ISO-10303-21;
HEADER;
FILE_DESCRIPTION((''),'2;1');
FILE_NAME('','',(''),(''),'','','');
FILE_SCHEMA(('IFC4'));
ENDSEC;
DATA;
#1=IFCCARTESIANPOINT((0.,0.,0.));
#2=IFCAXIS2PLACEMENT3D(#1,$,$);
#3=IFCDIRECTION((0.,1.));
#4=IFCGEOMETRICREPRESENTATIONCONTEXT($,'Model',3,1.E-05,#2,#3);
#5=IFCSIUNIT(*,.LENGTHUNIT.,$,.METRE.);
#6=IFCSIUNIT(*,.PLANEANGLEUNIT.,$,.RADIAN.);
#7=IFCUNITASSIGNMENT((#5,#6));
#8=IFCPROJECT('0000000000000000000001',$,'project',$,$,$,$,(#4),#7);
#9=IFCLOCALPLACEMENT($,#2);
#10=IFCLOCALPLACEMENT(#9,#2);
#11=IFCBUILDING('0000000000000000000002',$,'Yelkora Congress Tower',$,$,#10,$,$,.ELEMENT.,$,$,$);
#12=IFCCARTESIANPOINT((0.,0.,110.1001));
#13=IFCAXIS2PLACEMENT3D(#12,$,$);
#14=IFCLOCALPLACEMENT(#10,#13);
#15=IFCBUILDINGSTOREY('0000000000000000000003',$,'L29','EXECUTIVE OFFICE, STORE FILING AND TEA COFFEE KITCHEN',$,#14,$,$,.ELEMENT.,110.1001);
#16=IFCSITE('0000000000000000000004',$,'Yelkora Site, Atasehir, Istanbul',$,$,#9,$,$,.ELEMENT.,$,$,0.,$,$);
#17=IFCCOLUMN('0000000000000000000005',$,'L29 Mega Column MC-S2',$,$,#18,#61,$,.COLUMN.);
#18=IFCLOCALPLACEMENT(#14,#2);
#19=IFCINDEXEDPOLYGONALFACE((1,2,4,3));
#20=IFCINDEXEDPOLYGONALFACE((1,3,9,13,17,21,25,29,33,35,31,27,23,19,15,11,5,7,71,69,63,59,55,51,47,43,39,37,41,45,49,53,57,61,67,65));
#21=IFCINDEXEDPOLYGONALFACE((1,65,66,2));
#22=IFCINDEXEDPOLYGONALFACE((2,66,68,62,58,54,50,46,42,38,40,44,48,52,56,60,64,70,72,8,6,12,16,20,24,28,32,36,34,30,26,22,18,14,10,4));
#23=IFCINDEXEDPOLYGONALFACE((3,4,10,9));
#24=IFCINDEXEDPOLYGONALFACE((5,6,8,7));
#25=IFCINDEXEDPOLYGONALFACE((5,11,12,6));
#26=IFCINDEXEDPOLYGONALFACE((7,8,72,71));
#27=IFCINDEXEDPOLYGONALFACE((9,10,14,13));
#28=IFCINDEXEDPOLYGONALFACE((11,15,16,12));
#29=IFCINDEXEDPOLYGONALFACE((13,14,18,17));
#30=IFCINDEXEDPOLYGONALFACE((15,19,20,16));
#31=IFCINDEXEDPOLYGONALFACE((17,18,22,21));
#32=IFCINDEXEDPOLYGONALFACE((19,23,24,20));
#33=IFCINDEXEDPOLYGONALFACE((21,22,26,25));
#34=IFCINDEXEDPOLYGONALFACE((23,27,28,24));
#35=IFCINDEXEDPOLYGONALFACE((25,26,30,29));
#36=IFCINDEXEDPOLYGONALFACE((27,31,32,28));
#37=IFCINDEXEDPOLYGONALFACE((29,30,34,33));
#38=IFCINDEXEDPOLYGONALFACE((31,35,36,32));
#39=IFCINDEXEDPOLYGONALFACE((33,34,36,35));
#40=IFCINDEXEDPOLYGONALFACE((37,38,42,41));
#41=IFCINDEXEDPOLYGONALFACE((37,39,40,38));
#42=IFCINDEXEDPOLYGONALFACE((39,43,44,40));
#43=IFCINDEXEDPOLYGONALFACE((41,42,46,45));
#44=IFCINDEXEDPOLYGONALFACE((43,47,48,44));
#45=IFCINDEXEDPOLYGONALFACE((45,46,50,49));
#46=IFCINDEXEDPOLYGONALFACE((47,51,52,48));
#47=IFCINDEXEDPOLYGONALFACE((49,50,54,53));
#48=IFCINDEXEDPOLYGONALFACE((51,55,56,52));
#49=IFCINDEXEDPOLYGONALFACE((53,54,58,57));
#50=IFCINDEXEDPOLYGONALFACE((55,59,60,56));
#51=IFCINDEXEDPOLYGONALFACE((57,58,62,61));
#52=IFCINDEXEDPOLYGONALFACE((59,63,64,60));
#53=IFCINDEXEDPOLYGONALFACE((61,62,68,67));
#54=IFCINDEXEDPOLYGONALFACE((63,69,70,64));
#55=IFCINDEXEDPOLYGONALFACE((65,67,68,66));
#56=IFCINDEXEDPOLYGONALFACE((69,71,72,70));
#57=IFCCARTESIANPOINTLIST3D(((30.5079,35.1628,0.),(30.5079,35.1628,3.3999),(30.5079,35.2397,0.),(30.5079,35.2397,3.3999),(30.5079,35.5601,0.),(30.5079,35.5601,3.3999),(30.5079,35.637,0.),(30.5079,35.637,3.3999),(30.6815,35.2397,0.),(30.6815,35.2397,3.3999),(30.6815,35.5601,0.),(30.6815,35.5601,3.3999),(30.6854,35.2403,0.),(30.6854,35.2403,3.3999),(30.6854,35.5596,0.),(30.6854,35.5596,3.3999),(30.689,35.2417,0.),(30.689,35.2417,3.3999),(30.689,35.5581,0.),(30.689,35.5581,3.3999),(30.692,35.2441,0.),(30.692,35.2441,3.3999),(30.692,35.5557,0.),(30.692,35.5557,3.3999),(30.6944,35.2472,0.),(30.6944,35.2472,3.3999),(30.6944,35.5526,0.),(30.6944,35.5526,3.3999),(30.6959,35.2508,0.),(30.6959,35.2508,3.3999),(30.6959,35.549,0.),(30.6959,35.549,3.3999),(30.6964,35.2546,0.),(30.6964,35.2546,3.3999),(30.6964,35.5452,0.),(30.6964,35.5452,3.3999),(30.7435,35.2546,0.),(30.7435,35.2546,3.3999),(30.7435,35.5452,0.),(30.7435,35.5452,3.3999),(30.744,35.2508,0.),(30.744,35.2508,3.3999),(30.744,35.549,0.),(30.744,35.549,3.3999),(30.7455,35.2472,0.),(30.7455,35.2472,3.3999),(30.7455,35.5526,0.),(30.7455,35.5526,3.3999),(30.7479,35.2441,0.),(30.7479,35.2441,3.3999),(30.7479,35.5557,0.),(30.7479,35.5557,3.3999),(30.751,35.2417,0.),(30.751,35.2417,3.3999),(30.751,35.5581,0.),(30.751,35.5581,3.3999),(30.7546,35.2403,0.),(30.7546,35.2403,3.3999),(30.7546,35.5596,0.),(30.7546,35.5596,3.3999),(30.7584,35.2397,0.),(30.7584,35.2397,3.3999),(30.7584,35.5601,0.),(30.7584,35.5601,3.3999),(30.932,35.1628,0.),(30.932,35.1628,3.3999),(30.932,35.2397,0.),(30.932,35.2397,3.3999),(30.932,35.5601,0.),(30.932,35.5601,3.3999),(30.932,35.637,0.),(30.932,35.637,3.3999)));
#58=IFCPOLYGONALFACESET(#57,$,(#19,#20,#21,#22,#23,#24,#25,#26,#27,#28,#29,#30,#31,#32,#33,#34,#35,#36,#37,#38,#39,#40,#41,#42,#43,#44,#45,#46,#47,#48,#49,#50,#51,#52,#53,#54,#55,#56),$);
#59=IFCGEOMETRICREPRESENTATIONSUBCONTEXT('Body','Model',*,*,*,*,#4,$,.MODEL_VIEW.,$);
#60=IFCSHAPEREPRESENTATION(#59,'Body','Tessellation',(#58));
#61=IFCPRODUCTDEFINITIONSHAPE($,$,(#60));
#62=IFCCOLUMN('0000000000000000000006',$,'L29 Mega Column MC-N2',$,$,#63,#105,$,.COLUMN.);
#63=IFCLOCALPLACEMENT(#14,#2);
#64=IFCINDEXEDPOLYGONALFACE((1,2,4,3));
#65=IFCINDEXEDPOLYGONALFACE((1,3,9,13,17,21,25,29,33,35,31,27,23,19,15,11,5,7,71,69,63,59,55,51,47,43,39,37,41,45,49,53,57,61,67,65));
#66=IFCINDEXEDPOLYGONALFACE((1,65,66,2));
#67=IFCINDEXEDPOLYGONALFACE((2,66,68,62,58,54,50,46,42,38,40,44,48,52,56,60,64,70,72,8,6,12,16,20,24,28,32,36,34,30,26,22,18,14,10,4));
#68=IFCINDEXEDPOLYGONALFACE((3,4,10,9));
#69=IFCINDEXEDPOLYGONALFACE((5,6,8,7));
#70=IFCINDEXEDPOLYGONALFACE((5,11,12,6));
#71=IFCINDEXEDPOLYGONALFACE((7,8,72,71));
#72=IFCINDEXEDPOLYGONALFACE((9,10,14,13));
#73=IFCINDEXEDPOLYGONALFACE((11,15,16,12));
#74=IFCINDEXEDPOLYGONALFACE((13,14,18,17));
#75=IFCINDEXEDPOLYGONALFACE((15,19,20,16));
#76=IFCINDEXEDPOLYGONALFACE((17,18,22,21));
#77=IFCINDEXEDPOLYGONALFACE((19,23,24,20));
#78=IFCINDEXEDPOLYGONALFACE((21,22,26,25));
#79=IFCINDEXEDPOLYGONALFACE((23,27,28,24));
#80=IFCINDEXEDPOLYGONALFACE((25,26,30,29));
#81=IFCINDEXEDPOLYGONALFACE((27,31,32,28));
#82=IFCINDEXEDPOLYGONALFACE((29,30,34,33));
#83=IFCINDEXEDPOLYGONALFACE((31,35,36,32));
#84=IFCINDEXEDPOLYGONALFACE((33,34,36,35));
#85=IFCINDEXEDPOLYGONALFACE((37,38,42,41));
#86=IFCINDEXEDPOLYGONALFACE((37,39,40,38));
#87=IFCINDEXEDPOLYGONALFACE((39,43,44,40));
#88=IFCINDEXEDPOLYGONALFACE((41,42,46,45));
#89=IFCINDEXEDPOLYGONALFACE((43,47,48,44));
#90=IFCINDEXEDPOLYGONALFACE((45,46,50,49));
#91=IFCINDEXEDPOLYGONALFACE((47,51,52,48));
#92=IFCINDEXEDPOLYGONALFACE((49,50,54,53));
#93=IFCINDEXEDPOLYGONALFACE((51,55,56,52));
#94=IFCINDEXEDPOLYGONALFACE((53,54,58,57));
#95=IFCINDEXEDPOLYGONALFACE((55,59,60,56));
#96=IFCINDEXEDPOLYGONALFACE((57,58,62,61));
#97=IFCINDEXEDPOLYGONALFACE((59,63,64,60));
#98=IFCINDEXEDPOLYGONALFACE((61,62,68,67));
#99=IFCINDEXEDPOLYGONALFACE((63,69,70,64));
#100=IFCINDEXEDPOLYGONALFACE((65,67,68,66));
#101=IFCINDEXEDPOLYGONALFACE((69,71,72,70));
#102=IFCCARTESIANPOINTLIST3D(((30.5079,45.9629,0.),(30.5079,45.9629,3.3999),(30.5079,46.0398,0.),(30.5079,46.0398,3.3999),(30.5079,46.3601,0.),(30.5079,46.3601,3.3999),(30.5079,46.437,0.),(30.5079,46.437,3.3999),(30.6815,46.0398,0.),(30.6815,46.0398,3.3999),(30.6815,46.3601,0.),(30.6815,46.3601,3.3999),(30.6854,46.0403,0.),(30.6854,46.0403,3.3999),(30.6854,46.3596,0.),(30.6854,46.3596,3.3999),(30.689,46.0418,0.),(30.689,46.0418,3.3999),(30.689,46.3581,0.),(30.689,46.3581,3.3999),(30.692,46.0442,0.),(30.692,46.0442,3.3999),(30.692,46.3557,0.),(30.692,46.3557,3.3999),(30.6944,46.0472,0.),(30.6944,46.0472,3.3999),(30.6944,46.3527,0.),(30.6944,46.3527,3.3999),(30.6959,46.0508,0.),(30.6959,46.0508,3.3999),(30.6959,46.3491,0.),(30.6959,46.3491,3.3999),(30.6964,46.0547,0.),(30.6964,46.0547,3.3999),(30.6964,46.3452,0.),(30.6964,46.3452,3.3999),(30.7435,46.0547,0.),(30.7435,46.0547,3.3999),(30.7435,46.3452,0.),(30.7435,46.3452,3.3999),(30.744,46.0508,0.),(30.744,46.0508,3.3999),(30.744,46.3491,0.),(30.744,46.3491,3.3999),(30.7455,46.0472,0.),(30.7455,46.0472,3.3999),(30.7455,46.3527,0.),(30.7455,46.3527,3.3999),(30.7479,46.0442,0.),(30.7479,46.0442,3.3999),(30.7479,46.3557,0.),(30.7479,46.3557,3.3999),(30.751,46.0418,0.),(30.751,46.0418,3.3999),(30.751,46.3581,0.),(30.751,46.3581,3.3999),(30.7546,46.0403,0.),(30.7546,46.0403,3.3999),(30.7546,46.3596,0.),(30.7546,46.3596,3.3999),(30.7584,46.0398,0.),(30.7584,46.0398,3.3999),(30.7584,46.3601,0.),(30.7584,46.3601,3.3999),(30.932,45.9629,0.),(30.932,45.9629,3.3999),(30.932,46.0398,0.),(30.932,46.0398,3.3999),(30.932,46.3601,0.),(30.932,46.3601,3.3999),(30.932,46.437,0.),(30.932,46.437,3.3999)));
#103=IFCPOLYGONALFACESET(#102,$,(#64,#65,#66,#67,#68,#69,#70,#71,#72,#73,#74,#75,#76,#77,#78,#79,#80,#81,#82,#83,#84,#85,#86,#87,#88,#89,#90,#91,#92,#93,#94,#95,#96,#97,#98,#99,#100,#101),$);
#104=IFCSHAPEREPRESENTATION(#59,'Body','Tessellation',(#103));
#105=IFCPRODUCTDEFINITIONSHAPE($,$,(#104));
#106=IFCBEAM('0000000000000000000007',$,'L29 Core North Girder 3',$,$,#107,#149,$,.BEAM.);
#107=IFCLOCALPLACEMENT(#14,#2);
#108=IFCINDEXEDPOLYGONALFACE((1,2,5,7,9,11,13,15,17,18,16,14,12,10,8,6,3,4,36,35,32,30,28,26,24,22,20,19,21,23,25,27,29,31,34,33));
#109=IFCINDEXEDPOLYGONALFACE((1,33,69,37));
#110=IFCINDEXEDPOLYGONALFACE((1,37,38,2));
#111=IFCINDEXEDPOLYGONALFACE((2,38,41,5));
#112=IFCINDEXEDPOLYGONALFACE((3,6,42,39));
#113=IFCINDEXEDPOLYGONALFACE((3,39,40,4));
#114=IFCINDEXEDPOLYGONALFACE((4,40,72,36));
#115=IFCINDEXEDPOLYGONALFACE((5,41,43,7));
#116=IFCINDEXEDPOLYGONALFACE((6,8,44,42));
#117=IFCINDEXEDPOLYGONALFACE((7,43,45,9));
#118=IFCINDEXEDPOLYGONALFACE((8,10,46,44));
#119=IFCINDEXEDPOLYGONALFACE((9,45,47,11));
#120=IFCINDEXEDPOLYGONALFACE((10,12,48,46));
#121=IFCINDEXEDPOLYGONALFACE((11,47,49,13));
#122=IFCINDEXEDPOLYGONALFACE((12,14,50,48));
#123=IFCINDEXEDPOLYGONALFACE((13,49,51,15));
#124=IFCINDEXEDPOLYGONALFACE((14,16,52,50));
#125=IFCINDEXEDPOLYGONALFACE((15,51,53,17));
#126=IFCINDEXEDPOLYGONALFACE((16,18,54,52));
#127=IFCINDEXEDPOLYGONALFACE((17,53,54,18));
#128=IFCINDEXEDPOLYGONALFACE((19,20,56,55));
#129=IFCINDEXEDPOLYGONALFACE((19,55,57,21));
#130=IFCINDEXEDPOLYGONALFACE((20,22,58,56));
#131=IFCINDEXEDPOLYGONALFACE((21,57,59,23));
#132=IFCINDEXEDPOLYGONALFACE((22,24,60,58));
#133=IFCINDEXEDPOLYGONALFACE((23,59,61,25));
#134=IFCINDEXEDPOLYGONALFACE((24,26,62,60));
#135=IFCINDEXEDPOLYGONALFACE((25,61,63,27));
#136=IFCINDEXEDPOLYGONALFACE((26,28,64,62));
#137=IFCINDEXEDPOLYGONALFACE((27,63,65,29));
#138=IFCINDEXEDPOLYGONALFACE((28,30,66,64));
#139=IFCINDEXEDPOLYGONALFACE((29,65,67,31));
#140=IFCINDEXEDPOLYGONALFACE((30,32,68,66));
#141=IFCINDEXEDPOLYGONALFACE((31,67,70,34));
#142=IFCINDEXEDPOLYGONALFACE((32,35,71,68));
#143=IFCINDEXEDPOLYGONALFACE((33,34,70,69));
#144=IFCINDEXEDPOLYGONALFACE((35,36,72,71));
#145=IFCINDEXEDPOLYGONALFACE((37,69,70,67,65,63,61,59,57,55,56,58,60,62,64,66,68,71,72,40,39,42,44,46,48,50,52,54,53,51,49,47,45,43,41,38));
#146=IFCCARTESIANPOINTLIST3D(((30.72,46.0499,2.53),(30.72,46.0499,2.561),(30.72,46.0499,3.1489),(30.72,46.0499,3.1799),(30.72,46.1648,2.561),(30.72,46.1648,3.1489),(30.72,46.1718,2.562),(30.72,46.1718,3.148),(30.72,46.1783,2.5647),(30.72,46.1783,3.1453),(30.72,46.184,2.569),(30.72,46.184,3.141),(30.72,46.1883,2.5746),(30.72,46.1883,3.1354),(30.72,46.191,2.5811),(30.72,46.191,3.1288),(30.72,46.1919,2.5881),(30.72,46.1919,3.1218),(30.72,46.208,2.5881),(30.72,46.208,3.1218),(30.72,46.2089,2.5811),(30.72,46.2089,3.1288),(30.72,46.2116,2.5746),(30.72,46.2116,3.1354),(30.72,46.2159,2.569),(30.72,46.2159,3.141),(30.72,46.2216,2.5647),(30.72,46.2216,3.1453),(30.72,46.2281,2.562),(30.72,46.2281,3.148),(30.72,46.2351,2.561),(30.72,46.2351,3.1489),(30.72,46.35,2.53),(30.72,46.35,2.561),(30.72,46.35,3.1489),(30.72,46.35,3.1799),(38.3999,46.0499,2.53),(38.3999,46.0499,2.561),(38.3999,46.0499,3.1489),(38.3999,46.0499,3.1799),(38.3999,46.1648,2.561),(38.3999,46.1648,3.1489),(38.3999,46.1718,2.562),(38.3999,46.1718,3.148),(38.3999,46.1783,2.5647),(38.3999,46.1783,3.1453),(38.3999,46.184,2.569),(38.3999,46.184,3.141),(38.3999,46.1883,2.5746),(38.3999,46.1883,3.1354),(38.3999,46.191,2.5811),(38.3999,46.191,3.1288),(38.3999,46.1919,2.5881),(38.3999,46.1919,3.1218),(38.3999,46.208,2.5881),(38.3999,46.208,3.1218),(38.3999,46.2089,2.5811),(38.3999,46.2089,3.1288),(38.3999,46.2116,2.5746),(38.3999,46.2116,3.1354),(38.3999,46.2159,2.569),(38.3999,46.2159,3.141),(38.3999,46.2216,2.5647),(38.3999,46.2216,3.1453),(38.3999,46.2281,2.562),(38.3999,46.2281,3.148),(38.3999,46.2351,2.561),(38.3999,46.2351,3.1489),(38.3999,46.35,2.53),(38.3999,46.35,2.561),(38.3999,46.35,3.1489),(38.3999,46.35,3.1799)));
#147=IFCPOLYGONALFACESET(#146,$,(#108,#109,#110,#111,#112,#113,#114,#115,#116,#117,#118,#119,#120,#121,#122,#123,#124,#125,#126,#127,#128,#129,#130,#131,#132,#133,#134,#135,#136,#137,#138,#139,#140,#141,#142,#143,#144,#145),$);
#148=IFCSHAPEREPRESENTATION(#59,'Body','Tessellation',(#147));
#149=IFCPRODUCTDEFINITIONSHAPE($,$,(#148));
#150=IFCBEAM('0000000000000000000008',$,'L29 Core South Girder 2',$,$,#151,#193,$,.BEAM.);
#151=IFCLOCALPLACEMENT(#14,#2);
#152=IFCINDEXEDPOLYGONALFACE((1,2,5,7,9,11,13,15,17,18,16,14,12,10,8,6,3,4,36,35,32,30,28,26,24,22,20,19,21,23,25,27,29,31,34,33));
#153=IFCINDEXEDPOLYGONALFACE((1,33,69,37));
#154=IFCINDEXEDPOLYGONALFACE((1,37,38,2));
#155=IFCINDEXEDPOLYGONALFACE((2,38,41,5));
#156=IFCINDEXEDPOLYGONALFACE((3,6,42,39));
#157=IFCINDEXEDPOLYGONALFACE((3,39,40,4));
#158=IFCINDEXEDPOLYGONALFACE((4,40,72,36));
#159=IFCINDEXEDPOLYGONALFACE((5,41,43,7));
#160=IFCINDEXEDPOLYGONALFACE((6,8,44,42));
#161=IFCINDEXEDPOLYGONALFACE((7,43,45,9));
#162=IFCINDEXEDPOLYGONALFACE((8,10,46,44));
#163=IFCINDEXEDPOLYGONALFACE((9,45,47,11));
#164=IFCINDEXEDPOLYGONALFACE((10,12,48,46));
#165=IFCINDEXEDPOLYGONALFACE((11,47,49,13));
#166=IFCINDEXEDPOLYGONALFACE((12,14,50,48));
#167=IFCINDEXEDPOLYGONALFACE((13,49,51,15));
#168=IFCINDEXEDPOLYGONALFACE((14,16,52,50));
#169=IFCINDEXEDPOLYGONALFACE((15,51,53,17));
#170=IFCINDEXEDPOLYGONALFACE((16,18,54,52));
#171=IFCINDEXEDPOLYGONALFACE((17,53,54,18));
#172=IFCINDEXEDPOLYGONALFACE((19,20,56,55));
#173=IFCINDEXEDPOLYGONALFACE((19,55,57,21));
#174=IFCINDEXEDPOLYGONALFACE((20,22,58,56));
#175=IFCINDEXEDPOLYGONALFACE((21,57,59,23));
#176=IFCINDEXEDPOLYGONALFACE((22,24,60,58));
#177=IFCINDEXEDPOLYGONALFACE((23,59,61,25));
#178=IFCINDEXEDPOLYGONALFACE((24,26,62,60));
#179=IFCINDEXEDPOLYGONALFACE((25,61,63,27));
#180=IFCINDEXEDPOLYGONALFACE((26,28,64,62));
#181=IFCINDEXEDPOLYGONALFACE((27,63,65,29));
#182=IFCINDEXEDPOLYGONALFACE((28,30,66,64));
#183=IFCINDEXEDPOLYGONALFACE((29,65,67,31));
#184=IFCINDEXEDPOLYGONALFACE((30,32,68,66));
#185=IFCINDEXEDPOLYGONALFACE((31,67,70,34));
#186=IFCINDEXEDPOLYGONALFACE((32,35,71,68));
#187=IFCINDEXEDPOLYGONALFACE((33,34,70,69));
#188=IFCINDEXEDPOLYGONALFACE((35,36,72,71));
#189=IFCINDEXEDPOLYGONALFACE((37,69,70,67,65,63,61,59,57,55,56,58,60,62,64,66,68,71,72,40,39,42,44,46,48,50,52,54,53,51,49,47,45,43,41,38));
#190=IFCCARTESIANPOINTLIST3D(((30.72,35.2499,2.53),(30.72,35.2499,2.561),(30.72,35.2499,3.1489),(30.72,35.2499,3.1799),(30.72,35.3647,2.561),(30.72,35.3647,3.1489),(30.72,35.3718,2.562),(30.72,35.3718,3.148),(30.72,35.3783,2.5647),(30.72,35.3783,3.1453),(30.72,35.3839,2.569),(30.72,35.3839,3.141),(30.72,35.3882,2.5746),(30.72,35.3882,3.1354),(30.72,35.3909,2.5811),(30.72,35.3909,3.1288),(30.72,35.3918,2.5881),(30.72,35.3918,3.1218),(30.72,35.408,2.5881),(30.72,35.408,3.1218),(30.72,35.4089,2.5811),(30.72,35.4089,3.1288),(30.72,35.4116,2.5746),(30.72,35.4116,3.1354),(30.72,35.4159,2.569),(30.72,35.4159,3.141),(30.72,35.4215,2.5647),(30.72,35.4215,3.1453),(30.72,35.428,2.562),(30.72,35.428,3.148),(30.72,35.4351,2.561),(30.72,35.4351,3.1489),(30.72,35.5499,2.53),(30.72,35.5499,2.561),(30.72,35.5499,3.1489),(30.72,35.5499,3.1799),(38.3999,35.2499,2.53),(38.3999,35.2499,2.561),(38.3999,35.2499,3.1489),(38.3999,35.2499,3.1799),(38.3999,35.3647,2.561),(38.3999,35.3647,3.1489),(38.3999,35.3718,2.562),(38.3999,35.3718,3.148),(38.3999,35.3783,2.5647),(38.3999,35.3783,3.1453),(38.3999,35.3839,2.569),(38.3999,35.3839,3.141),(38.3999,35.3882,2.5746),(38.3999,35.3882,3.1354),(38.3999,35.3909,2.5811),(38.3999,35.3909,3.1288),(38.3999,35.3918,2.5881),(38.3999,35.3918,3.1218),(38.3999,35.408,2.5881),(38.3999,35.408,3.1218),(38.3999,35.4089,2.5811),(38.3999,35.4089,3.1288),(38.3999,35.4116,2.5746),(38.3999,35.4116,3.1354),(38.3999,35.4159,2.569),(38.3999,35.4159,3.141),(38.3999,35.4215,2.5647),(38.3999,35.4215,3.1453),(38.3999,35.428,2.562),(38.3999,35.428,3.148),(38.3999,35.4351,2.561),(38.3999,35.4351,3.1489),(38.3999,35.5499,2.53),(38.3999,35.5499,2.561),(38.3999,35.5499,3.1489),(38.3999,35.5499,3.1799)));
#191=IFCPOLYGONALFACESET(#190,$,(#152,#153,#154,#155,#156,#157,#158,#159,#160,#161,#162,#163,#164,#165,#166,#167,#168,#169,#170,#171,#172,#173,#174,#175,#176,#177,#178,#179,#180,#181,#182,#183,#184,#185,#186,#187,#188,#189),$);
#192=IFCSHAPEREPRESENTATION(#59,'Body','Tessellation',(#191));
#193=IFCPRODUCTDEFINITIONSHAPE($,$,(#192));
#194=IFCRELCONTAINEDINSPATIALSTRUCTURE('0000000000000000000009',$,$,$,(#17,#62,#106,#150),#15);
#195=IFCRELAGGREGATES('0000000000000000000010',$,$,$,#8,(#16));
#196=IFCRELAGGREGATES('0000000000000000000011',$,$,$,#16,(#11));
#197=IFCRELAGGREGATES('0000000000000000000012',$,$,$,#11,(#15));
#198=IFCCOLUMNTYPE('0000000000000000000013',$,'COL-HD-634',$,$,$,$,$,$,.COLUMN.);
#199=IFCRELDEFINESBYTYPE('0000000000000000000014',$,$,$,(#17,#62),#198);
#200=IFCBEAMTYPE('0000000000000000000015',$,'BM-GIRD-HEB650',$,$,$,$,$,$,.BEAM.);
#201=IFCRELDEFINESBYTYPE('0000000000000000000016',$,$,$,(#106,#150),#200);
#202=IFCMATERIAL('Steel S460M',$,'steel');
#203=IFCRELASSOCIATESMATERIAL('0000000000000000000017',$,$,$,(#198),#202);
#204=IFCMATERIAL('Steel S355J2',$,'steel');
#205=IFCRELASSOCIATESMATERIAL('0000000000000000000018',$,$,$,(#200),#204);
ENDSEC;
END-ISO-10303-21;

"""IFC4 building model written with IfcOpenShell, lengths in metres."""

from ifc_helpers import new_model, si_unit, direction, frame, origin, origin_2d, place, context, subcontext, project, spatial, i_section, extrude, material, material_profile, profile_set, type_object, element, save


model = new_model("IFC4")

# Units and contexts
model_context = context("Model", 3, precision=1e-05, world=origin(), true_north=direction((0.0, 1.0)))
body_context = subcontext(model_context, "Body", "Model", "MODEL_VIEW")
ifc_project = project(units=[si_unit("LENGTHUNIT", "METRE"), si_unit("PLANEANGLEUNIT", "RADIAN")], contexts=[model_context])

# Site, building, storey
site_placement = place(None, origin())
site = spatial("IfcSite", under=ifc_project, at=site_placement, Name="Yelkora Site, Atasehir, Istanbul", CompositionType="ELEMENT", RefElevation=0.0)
building_placement = place(site_placement, origin())
building = spatial("IfcBuilding", under=site, at=building_placement, Name="Yelkora Congress Tower", CompositionType="ELEMENT")
storey_placement = place(building_placement, frame((0.0, 0.0, 110.1001)))
storey = spatial("IfcBuildingStorey", under=building, at=storey_placement, Name="L29", Description="EXECUTIVE OFFICE, STORE FILING AND TEA COFFEE KITCHEN", CompositionType="ELEMENT", Elevation=110.1001)

# Columns
ifc_material_1 = material(Name="Steel S460M", Category="steel")
ifc_material_profile_1 = material_profile(ifc_material_1, i_section(OverallWidth=0.4241, OverallDepth=0.4741, WebThickness=0.0471, FlangeThickness=0.0769, FilletRadius=0.0149, at=origin_2d()), Name="HD 400x634")
ifc_profile_set_1 = profile_set([ifc_material_profile_1], Name="Steel S460M")
column_type = type_object("IfcColumnType", Name="COL-HD-634", PredefinedType="COLUMN", material=ifc_profile_set_1)
for number, where, z_axis, x_axis, name in (
    (1, (30.72, 35.3999, 0.0), (0.0, 0.0, 1.0), (1.0, 0.0, 0.0), "L29 Mega Column MC-S2"),
    (2, (30.72, 46.2, 0.0), (0.0, 0.0, 1.0), (1.0, 0.0, 0.0), "L29 Mega Column MC-N2"),
):
    element("IfcColumn", number, at=place(storey_placement, frame(where, z_axis=z_axis, x_axis=x_axis)), inside=storey, type_object=column_type, Name=name, PredefinedType="COLUMN", context=body_context, shape_type="SweptSolid", body=[
        extrude(i_section(OverallWidth=0.4241, OverallDepth=0.4741, WebThickness=0.0471, FlangeThickness=0.0769, FilletRadius=0.0149, at=origin_2d()), origin(), (0.0, 0.0, 1.0), 3.3999),
    ])

# Beams
ifc_material_2 = material(Name="Steel S355J2", Category="steel")
ifc_material_profile_2 = material_profile(ifc_material_2, i_section(OverallWidth=0.3, OverallDepth=0.6499, WebThickness=0.0161, FlangeThickness=0.031, FilletRadius=0.0271, at=origin_2d()), Name="HEB 650")
ifc_profile_set_2 = profile_set([ifc_material_profile_2], Name="Steel S355J2")
beam_type = type_object("IfcBeamType", Name="BM-GIRD-HEB650", PredefinedType="BEAM", material=ifc_profile_set_2)
for number, where, z_axis, x_axis, name in (
    (3, (30.72, 46.2, 2.855), (1.0, 0.0, 0.0), (0.0, 1.0, 0.0), "L29 Core North Girder 3"),
    (4, (30.72, 35.3999, 2.855), (1.0, 0.0, 0.0), (0.0, 1.0, 0.0), "L29 Core South Girder 2"),
):
    element("IfcBeam", number, at=place(storey_placement, frame(where, z_axis=z_axis, x_axis=x_axis)), inside=storey, type_object=beam_type, Name=name, PredefinedType="BEAM", context=body_context, shape_type="SweptSolid", body=[
        extrude(i_section(OverallWidth=0.3, OverallDepth=0.6499, WebThickness=0.0161, FlangeThickness=0.031, FilletRadius=0.0271, at=origin_2d()), origin(), (0.0, 0.0, 1.0), 7.6799),
    ])

save(model, "model.ifc")
